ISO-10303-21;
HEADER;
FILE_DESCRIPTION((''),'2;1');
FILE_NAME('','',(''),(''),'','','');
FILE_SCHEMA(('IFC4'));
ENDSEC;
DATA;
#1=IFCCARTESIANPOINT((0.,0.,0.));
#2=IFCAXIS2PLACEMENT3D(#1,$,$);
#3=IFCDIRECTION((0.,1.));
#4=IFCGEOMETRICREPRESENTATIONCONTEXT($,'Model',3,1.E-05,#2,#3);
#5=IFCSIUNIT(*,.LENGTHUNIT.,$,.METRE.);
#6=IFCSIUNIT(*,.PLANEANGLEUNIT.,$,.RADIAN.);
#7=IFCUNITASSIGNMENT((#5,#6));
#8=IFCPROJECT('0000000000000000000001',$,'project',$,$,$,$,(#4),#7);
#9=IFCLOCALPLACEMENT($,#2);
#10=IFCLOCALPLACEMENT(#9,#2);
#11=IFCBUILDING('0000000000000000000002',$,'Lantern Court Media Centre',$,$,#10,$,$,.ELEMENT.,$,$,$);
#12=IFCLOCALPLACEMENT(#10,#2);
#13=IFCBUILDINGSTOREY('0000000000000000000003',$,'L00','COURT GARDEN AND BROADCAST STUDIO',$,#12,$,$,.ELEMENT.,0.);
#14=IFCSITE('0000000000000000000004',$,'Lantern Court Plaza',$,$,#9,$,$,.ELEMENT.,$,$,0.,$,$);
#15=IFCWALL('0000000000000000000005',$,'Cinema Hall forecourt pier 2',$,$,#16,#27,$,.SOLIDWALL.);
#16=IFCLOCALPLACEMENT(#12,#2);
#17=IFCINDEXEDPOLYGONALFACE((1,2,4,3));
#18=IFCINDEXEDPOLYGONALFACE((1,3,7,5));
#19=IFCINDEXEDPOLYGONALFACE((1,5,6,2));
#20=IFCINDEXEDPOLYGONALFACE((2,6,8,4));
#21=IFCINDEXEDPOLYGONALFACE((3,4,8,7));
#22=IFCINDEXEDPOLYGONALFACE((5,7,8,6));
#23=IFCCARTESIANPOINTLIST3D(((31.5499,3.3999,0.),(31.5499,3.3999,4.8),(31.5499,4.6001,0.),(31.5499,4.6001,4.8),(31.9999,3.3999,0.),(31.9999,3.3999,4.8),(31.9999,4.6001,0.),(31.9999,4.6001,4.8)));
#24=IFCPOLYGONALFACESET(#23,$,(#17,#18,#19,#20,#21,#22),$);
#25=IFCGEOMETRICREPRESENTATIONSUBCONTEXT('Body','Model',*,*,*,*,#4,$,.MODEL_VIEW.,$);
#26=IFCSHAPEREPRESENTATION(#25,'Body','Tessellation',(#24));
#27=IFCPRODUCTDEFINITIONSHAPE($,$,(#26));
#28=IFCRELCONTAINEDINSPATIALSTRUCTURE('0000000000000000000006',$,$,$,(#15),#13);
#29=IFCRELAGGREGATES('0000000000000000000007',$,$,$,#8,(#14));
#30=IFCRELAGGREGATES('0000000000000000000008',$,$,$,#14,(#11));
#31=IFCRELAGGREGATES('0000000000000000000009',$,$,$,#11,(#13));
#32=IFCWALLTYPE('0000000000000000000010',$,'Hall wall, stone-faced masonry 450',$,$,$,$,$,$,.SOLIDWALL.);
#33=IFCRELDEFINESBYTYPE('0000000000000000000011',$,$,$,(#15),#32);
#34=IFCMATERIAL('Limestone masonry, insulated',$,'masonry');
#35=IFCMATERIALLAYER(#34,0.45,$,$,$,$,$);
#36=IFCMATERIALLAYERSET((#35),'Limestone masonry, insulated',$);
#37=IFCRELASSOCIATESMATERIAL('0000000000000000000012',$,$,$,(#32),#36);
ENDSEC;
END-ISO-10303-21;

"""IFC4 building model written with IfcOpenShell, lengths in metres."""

from ifc_helpers import new_model, si_unit, direction, frame, frame_2d, origin, place, context, subcontext, project, spatial, rectangle, extrude, material, layer, layer_set, type_object, element, save


model = new_model("IFC4")

# Units and contexts
model_context = context("Model", 3, precision=1e-05, world=origin(), true_north=direction((0.0, 1.0)))
body_context = subcontext(model_context, "Body", "Model", "MODEL_VIEW")
ifc_project = project(units=[si_unit("LENGTHUNIT", "METRE"), si_unit("PLANEANGLEUNIT", "RADIAN")], contexts=[model_context])

# Site, building, storey
site_placement = place(None, origin())
site = spatial("IfcSite", under=ifc_project, at=site_placement, Name="Lantern Court Plaza", CompositionType="ELEMENT", RefElevation=0.0)
building_placement = place(site_placement, origin())
building = spatial("IfcBuilding", under=site, at=building_placement, Name="Lantern Court Media Centre", CompositionType="ELEMENT")
storey_placement = place(building_placement, origin())
storey = spatial("IfcBuildingStorey", under=building, at=storey_placement, Name="L00", Description="COURT GARDEN AND BROADCAST STUDIO", CompositionType="ELEMENT", Elevation=0.0)

# Wall
ifc_material_1 = material(Name="Limestone masonry, insulated", Category="masonry")
ifc_layer_1 = layer(ifc_material_1, 0.45)
ifc_layer_set_1 = layer_set([ifc_layer_1], Name="Limestone masonry, insulated")
wall_type = type_object("IfcWallType", Name="Hall wall, stone-faced masonry 450", PredefinedType="SOLIDWALL", material=ifc_layer_set_1)
wall_placement = place(storey_placement, frame((31.7749, 3.3999, 0.0), z_axis=(0.0, 0.0, 1.0), x_axis=(0.0, 1.0, 0.0)))
element("IfcWall", 1, at=wall_placement, inside=storey, type_object=wall_type, Name="Cinema Hall forecourt pier 2", PredefinedType="SOLIDWALL", context=body_context, shape_type="SweptSolid", body=[
    extrude(rectangle(XDim=1.2002, YDim=0.45, at=frame_2d((0.6001, 0.0))), origin(), (0.0, 0.0, 1.0), 4.8),
])

save(model, "model.ifc")
